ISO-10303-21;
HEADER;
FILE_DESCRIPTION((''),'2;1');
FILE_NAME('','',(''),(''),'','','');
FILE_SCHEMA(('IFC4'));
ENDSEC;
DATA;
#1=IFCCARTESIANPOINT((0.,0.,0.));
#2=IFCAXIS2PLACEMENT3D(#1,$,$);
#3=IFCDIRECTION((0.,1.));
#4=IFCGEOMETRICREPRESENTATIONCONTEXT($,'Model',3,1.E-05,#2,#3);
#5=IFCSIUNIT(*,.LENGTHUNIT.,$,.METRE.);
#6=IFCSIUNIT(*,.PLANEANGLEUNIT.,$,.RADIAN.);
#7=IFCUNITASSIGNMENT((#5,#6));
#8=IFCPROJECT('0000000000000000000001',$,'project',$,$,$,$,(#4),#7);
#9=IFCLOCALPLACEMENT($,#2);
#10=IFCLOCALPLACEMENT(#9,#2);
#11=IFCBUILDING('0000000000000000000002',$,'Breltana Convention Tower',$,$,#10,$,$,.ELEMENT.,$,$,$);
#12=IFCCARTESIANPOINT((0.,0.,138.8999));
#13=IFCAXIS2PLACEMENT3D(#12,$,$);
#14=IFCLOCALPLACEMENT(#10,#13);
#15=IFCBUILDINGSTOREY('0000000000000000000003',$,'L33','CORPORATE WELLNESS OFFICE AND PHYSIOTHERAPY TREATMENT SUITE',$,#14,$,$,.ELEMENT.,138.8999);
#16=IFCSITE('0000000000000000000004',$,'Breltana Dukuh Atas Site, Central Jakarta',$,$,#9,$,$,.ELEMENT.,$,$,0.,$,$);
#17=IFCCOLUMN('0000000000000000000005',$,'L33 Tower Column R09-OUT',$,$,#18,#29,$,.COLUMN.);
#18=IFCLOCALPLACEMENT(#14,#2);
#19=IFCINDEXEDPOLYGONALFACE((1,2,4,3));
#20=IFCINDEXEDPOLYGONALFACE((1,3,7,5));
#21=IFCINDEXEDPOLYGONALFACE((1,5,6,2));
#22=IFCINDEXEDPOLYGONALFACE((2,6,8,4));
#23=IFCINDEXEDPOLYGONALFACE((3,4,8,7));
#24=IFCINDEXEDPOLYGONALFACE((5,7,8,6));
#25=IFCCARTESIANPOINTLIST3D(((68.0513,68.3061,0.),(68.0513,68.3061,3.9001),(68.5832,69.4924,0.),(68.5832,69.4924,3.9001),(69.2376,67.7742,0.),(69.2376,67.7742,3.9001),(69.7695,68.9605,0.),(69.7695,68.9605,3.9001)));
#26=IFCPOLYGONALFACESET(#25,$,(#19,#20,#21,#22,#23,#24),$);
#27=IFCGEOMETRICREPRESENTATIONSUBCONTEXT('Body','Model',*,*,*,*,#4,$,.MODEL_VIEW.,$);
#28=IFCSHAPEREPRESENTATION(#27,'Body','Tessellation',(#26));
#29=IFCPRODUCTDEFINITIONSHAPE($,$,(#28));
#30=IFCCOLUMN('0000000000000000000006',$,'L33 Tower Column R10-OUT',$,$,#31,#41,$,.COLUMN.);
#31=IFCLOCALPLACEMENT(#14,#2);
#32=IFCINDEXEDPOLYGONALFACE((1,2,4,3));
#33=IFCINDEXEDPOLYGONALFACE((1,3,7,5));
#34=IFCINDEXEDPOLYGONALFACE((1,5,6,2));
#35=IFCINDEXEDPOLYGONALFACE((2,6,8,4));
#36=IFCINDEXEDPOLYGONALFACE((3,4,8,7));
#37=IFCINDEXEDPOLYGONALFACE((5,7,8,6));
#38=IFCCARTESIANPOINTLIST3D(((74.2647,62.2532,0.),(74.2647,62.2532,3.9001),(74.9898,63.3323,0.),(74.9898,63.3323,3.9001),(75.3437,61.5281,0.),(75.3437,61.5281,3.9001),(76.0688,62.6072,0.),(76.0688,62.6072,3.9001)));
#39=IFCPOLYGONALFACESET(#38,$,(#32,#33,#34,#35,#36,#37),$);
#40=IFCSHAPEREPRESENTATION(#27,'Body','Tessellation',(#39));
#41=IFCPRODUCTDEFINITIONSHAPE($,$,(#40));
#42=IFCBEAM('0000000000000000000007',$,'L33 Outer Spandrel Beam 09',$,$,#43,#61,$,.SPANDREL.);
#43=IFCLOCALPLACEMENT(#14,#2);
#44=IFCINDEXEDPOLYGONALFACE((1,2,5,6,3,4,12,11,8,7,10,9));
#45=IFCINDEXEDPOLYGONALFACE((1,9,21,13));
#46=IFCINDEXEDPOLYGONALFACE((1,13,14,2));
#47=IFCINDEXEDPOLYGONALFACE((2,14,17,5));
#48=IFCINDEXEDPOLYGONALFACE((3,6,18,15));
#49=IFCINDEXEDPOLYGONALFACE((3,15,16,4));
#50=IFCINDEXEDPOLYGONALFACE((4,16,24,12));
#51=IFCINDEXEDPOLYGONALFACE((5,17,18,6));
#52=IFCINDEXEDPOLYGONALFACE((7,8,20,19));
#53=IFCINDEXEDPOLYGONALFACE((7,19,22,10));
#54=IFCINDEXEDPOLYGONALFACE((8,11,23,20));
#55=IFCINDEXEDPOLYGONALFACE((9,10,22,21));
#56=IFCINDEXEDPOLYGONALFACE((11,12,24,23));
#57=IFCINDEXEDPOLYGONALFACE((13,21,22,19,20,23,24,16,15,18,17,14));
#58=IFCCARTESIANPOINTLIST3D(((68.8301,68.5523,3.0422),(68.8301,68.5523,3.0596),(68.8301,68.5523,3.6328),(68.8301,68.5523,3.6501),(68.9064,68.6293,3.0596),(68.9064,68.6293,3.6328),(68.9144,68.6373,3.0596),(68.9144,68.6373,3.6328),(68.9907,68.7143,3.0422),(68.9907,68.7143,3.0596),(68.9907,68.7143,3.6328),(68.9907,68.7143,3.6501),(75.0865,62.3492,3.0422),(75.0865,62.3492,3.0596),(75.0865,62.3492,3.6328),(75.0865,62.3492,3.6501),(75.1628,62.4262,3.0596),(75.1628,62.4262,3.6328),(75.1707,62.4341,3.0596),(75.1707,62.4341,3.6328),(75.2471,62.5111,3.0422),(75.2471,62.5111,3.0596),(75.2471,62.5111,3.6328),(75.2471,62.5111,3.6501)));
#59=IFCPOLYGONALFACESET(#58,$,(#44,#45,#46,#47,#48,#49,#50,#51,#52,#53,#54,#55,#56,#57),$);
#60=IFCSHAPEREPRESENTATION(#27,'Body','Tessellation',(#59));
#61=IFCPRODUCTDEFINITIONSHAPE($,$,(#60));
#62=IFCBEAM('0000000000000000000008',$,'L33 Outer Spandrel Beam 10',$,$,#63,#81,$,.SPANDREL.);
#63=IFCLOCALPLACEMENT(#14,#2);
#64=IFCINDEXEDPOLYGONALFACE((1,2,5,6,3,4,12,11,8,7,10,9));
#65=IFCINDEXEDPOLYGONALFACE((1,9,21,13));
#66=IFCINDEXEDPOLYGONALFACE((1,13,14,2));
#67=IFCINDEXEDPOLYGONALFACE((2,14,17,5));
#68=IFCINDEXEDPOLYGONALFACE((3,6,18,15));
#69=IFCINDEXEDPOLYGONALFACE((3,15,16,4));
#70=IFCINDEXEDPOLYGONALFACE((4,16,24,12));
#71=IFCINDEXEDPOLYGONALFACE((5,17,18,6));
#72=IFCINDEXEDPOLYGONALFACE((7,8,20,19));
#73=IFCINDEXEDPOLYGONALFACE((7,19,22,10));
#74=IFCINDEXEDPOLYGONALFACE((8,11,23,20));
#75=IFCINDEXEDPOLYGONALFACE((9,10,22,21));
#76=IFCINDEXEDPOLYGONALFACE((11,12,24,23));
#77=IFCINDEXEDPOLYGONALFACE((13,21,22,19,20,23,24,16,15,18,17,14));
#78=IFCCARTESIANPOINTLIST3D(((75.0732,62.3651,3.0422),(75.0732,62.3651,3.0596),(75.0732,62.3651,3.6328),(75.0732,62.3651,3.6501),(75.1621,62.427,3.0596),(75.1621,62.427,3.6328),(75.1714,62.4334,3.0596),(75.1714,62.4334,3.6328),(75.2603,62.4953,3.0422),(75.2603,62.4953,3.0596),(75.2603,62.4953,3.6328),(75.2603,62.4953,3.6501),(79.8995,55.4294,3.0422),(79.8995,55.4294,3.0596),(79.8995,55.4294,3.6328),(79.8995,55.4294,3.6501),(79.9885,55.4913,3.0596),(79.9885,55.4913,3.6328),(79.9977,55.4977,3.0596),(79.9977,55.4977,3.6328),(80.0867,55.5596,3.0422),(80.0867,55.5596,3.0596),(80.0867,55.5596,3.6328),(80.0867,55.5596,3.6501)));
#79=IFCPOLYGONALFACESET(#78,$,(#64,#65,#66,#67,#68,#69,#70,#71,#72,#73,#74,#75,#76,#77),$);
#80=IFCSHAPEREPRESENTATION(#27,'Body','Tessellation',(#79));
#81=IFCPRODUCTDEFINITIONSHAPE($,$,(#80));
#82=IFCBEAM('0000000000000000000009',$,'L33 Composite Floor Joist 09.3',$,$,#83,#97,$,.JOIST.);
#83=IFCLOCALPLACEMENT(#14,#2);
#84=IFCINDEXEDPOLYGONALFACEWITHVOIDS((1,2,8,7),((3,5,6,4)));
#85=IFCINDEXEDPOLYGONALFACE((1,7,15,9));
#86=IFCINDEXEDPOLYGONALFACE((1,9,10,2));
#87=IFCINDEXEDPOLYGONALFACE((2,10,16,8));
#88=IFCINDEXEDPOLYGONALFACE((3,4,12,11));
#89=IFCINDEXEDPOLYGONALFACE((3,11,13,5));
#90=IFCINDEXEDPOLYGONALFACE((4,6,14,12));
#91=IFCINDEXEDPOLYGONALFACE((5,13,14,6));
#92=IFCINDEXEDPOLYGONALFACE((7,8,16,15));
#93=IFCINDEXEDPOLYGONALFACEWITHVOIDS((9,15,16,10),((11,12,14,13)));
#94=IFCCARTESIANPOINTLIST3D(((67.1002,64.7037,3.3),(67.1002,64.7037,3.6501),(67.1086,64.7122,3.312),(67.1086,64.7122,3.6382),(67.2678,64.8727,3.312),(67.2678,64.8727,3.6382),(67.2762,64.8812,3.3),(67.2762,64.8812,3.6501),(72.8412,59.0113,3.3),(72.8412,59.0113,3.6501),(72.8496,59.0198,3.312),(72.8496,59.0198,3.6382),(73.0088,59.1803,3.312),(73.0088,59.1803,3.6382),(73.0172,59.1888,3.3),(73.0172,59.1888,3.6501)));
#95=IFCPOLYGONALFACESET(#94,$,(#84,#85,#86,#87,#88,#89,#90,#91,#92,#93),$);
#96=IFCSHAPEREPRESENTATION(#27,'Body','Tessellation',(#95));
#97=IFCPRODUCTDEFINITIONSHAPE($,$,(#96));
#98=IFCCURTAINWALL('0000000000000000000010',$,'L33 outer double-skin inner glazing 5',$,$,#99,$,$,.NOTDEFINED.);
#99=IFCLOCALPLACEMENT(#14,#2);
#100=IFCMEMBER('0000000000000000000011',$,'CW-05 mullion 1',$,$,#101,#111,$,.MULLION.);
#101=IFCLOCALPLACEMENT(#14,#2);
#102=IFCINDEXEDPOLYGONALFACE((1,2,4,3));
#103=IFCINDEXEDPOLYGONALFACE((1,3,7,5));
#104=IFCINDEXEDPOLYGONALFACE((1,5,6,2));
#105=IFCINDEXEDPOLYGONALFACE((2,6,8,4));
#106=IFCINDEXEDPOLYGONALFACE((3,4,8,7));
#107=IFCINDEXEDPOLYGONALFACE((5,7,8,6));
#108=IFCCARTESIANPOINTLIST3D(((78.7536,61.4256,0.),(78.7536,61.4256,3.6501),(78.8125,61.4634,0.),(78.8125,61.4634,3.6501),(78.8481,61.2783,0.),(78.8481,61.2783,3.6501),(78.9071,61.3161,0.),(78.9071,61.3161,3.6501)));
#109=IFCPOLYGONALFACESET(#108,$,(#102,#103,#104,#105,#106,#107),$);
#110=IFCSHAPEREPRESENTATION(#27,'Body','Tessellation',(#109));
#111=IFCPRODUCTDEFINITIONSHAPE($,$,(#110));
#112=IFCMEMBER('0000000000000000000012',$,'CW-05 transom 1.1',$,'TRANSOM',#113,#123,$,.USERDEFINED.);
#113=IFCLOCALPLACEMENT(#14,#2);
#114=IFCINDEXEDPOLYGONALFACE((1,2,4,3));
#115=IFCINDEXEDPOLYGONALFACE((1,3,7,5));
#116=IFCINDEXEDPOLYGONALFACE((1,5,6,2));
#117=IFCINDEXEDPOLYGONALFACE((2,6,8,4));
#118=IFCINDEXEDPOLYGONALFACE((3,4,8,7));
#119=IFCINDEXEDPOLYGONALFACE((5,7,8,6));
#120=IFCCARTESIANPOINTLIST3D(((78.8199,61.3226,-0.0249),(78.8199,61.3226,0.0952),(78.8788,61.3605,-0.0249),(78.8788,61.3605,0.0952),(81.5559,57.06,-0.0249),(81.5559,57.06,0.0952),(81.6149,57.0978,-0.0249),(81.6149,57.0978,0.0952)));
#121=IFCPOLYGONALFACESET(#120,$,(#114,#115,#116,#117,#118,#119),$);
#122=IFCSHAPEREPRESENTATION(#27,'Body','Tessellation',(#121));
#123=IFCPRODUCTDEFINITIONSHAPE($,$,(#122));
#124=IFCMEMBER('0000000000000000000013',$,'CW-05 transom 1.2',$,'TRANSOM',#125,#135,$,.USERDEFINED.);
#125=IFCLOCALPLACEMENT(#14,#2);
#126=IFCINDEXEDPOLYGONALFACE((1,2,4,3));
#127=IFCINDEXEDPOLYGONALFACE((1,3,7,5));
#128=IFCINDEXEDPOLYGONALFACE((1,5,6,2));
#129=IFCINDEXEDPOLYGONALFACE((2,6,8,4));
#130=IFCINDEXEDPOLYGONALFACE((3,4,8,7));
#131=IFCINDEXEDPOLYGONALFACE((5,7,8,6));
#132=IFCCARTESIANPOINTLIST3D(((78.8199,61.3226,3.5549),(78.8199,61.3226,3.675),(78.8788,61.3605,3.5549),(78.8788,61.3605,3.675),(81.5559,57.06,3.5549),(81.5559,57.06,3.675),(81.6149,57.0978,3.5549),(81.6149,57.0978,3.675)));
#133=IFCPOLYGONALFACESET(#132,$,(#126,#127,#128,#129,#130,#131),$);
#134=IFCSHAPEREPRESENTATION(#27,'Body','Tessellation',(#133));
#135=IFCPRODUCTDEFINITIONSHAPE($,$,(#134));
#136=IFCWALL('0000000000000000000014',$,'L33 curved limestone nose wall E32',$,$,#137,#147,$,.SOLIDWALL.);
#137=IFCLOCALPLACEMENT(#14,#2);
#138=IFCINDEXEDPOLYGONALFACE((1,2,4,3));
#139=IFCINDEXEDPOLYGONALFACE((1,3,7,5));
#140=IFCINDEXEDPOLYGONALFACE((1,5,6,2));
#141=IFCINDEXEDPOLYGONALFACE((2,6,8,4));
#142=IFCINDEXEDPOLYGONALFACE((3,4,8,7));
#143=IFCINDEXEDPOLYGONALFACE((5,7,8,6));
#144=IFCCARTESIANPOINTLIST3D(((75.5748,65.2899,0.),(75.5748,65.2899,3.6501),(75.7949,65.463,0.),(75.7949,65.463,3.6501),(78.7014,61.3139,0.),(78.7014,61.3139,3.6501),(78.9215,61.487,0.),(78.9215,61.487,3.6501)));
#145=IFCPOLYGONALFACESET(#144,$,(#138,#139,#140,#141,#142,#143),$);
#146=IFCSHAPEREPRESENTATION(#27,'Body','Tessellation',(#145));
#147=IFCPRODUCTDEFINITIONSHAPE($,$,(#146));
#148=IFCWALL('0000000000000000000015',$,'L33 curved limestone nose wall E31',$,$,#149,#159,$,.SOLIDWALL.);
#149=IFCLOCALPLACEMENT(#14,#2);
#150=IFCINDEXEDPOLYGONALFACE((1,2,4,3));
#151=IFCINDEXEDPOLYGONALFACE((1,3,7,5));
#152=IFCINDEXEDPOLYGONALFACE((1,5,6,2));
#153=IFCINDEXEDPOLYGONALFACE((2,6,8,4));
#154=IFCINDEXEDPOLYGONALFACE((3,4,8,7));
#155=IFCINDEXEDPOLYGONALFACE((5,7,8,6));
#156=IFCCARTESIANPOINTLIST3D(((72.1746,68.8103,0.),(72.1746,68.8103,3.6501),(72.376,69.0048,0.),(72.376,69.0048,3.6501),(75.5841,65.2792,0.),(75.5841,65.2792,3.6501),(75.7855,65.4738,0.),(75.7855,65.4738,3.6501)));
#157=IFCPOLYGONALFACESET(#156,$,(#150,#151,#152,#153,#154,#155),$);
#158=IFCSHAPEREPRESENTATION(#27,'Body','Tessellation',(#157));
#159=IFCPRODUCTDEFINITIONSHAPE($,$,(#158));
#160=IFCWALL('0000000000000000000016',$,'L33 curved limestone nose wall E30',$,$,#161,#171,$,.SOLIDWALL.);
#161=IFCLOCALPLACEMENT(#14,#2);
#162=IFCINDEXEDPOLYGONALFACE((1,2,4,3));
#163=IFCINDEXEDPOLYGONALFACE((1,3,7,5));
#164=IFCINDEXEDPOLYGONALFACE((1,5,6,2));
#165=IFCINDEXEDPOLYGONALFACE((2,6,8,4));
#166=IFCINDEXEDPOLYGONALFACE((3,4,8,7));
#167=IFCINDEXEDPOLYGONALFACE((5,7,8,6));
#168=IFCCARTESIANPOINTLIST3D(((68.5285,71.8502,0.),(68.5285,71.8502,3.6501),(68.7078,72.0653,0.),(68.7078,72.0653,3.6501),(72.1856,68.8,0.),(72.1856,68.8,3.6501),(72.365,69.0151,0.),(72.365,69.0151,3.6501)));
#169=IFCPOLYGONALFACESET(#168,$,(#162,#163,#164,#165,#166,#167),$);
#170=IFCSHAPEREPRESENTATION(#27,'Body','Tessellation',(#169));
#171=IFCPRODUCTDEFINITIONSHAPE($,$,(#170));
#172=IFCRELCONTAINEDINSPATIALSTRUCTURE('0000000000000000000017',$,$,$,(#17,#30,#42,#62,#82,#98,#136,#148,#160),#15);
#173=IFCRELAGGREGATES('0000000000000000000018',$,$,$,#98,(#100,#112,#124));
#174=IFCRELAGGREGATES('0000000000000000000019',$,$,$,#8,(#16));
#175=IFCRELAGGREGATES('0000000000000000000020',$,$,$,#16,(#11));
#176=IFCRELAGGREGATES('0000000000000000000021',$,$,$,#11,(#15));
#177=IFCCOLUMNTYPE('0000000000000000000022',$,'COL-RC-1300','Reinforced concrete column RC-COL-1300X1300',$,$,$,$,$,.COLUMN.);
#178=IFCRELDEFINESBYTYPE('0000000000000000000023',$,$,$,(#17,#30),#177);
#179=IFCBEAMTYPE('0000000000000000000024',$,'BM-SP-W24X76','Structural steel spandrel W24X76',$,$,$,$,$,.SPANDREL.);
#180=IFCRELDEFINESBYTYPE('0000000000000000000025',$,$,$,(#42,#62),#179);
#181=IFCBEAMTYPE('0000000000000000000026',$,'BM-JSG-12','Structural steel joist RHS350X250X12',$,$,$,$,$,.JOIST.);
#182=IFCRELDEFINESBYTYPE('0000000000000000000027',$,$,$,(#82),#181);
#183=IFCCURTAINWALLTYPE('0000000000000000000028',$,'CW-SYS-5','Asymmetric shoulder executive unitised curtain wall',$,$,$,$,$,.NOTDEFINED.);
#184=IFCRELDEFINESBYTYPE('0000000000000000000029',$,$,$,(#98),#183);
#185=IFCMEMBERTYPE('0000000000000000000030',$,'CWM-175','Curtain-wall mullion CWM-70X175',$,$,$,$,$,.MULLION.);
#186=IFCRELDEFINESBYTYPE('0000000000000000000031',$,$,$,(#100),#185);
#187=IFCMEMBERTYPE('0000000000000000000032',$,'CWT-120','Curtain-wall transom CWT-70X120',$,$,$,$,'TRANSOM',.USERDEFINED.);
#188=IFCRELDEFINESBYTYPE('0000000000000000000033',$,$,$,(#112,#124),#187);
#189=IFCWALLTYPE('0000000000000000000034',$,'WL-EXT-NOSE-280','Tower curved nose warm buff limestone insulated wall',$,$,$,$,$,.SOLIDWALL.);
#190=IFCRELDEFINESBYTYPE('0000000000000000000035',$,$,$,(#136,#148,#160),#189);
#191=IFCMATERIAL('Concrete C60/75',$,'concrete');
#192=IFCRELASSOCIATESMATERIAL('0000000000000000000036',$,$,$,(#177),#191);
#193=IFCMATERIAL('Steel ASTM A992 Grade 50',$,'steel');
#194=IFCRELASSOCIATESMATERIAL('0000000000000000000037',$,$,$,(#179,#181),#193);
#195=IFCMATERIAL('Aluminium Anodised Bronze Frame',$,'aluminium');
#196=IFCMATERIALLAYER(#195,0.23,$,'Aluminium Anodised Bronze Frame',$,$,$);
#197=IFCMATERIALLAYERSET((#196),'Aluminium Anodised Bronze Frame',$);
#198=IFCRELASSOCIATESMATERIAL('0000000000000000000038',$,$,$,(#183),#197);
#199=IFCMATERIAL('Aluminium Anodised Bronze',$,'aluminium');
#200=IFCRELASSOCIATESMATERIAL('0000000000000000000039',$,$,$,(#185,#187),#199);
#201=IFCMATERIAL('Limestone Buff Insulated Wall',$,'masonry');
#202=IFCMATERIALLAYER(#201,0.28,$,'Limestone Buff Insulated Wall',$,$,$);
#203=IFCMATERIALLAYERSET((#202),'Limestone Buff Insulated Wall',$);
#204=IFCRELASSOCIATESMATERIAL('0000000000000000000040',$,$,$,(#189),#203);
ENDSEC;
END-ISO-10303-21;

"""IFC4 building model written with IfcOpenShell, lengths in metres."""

from ifc_helpers import new_model, si_unit, direction, frame, frame_2d, origin, origin_2d, place, context, subcontext, project, spatial, rectangle, hollow_rectangle, i_section, extrude, source, transform, mapped, material, layer, layer_set, material_profile, profile_set, type_object, element, aggregate, save


model = new_model("IFC4")

# Units and contexts
model_context = context("Model", 3, precision=1e-05, world=origin(), true_north=direction((0.0, 1.0)))
body_context = subcontext(model_context, "Body", "Model", "MODEL_VIEW")
ifc_project = project(units=[si_unit("LENGTHUNIT", "METRE"), si_unit("PLANEANGLEUNIT", "RADIAN")], contexts=[model_context])

# Site, building, storey
site_placement = place(None, origin())
site = spatial("IfcSite", under=ifc_project, at=site_placement, Name="Breltana Dukuh Atas Site, Central Jakarta", CompositionType="ELEMENT", RefElevation=0.0)
building_placement = place(site_placement, origin())
building = spatial("IfcBuilding", under=site, at=building_placement, Name="Breltana Convention Tower", CompositionType="ELEMENT")
storey_placement = place(building_placement, frame((0.0, 0.0, 138.8999)))
storey = spatial("IfcBuildingStorey", under=building, at=storey_placement, Name="L33", Description="CORPORATE WELLNESS OFFICE AND PHYSIOTHERAPY TREATMENT SUITE", CompositionType="ELEMENT", Elevation=138.8999)

# Columns
ifc_material_1 = material(Name="Concrete C60/75", Category="concrete")
ifc_material_profile_1 = material_profile(ifc_material_1, rectangle(XDim=1.3, YDim=1.3, at=origin_2d()), Name="RC-COL-1300X1300")
ifc_profile_set_1 = profile_set([ifc_material_profile_1], Name="Concrete C60/75")
column_type = type_object("IfcColumnType", Name="COL-RC-1300", Description="Reinforced concrete column RC-COL-1300X1300", PredefinedType="COLUMN", material=ifc_profile_set_1)
shared_shape_1 = source(origin(), body_context, "Body", "SweptSolid", [
    extrude(rectangle(XDim=1.3, YDim=1.3, at=origin_2d()), origin(), (0.0, 0.0, 1.0), 3.9001),
])
for number, where, z_axis, x_axis, name in (
    (1, (68.9104, 68.6333, 0.0), (0.0, 0.0, 1.0), (0.409127, 0.912477, 0.0), "L33 Tower Column R09-OUT"),
    (2, (75.1667, 62.4302, 0.0), (0.0, 0.0, 1.0), (0.557745, 0.830012, 0.0), "L33 Tower Column R10-OUT"),
):
    element("IfcColumn", number, at=place(storey_placement, frame(where, z_axis=z_axis, x_axis=x_axis)), inside=storey, type_object=column_type, Name=name, PredefinedType="COLUMN", context=body_context, shape_type="MappedRepresentation", body=[
        mapped(shared_shape_1, transform((0.0, 0.0, 0.0), scale=1.0)),
    ])

# Beams
ifc_material_2 = material(Name="Steel ASTM A992 Grade 50", Category="steel")
ifc_material_profile_2 = material_profile(ifc_material_2, i_section(OverallWidth=0.228, OverallDepth=0.6079, WebThickness=0.0112, FlangeThickness=0.0173, at=origin_2d()), Name="W24X76")
ifc_profile_set_2 = profile_set([ifc_material_profile_2], Name="Steel ASTM A992 Grade 50")
beam_type_1 = type_object("IfcBeamType", Name="BM-SP-W24X76", Description="Structural steel spandrel W24X76", PredefinedType="SPANDREL", material=ifc_profile_set_2)
shared_shape_2 = source(origin(), body_context, "Body", "SweptSolid", [
    extrude(i_section(OverallWidth=0.228, OverallDepth=0.6079, WebThickness=0.0112, FlangeThickness=0.0173, at=origin_2d()), origin(), (0.0, 0.0, 1.0), 8.8103),
])
beam_1_placement = place(storey_placement, frame((68.9104, 68.6333, 3.3462), z_axis=(0.710121, -0.70408, 0.0), x_axis=(0.70408, 0.710121, 0.0)))
element("IfcBeam", 3, at=beam_1_placement, inside=storey, type_object=beam_type_1, Name="L33 Outer Spandrel Beam 09", PredefinedType="SPANDREL", context=body_context, shape_type="MappedRepresentation", body=[
    mapped(shared_shape_2, transform((0.0, 0.0, 0.0), scale=1.0)),
])
shared_shape_3 = source(origin(), body_context, "Body", "SweptSolid", [
    extrude(i_section(OverallWidth=0.228, OverallDepth=0.6079, WebThickness=0.0112, FlangeThickness=0.0173, at=origin_2d()), origin(), (0.0, 0.0, 1.0), 8.4497),
])
beam_2_placement = place(storey_placement, frame((75.1667, 62.4302, 3.3462), z_axis=(0.571186, -0.820821, 0.0), x_axis=(0.820821, 0.571186, 0.0)))
element("IfcBeam", 4, at=beam_2_placement, inside=storey, type_object=beam_type_1, Name="L33 Outer Spandrel Beam 10", PredefinedType="SPANDREL", context=body_context, shape_type="MappedRepresentation", body=[
    mapped(shared_shape_3, transform((0.0, 0.0, 0.0), scale=1.0)),
])
ifc_material_profile_3 = material_profile(ifc_material_2, hollow_rectangle(XDim=0.25, YDim=0.3501, WallThickness=0.012, at=origin_2d()), Name="RHS350X250X12")
ifc_profile_set_3 = profile_set([ifc_material_profile_3], Name="Steel ASTM A992 Grade 50")
beam_type_2 = type_object("IfcBeamType", Name="BM-JSG-12", Description="Structural steel joist RHS350X250X12", PredefinedType="JOIST", material=ifc_profile_set_3)
shared_shape_4 = source(origin(), body_context, "Body", "SweptSolid", [
    extrude(hollow_rectangle(XDim=0.25, YDim=0.3501, WallThickness=0.012, at=origin_2d()), origin(), (0.0, 0.0, 1.0), 8.0847),
])
beam_3_placement = place(storey_placement, frame((67.1882, 64.7925, 3.4751), z_axis=(0.710105, -0.704096, 0.0), x_axis=(0.704096, 0.710105, 0.0)))
element("IfcBeam", 5, at=beam_3_placement, inside=storey, type_object=beam_type_2, Name="L33 Composite Floor Joist 09.3", PredefinedType="JOIST", context=body_context, shape_type="MappedRepresentation", body=[
    mapped(shared_shape_4, transform((0.0, 0.0, 0.0), scale=1.0)),
])

# Curtain wall, members
ifc_material_3 = material(Name="Aluminium Anodised Bronze Frame", Category="aluminium")
ifc_layer_1 = layer(ifc_material_3, 0.23, Name="Aluminium Anodised Bronze Frame")
ifc_layer_set_1 = layer_set([ifc_layer_1], Name="Aluminium Anodised Bronze Frame")
curtain_wall_type = type_object("IfcCurtainWallType", Name="CW-SYS-5", Description="Asymmetric shoulder executive unitised curtain wall", PredefinedType="NOTDEFINED", material=ifc_layer_set_1)
curtain_wall_placement = place(storey_placement, origin())
curtain_wall = element("IfcCurtainWall", 6, at=curtain_wall_placement, inside=storey, type_object=curtain_wall_type, Name="L33 outer double-skin inner glazing 5", PredefinedType="NOTDEFINED")
ifc_material_4 = material(Name="Aluminium Anodised Bronze", Category="aluminium")
ifc_material_profile_4 = material_profile(ifc_material_4, rectangle(XDim=0.0701, YDim=0.175, at=origin_2d()), Name="CWM-70X175")
ifc_profile_set_4 = profile_set([ifc_material_profile_4], Name="Aluminium Anodised Bronze")
member_type_1 = type_object("IfcMemberType", Name="CWM-175", Description="Curtain-wall mullion CWM-70X175", PredefinedType="MULLION", material=ifc_profile_set_4)
shared_shape_5 = source(origin(), body_context, "Body", "SweptSolid", [
    extrude(rectangle(XDim=0.0701, YDim=0.175, at=origin_2d()), origin(), (0.0, 0.0, 1.0), 3.6501),
])
member_1_placement = place(storey_placement, frame((78.8303, 61.3708, 0.0), z_axis=(0.0, 0.0, 1.0), x_axis=(0.841552, 0.540177, 0.0)))
member_1 = element("IfcMember", 7, at=member_1_placement, type_object=member_type_1, Name="CW-05 mullion 1", PredefinedType="MULLION", context=body_context, shape_type="MappedRepresentation", body=[
    mapped(shared_shape_5, transform((0.0, 0.0, 0.0), scale=1.0)),
])
ifc_material_profile_5 = material_profile(ifc_material_4, rectangle(XDim=0.0701, YDim=0.1201, at=origin_2d()), Name="CWT-70X120")
ifc_profile_set_5 = profile_set([ifc_material_profile_5], Name="Aluminium Anodised Bronze")
member_type_2 = type_object("IfcMemberType", Name="CWT-120", Description="Curtain-wall transom CWT-70X120", ElementType="TRANSOM", PredefinedType="USERDEFINED", material=ifc_profile_set_5)
shared_shape_6 = source(origin(), body_context, "Body", "SweptSolid", [
    extrude(rectangle(XDim=0.0701, YDim=0.1201, at=origin_2d()), origin(), (0.0, 0.0, 1.0), 5.0652),
])
member_2_placement = place(storey_placement, frame((78.8494, 61.3416, 0.0352), z_axis=(0.540168, -0.841557, 0.0), x_axis=(0.841557, 0.540168, 0.0)))
member_2 = element("IfcMember", 8, at=member_2_placement, type_object=member_type_2, Name="CW-05 transom 1.1", ObjectType="TRANSOM", PredefinedType="USERDEFINED", context=body_context, shape_type="MappedRepresentation", body=[
    mapped(shared_shape_6, transform((0.0, 0.0, 0.0), scale=1.0)),
])
member_3_placement = place(storey_placement, frame((78.8494, 61.3416, 3.615), z_axis=(0.540168, -0.841557, 0.0), x_axis=(0.841557, 0.540168, 0.0)))
member_3 = element("IfcMember", 9, at=member_3_placement, type_object=member_type_2, Name="CW-05 transom 1.2", ObjectType="TRANSOM", PredefinedType="USERDEFINED", context=body_context, shape_type="MappedRepresentation", body=[
    mapped(shared_shape_6, transform((0.0, 0.0, 0.0), scale=1.0)),
])
aggregate(curtain_wall, [member_1, member_2, member_3])

# Walls
ifc_material_5 = material(Name="Limestone Buff Insulated Wall", Category="masonry")
ifc_layer_2 = layer(ifc_material_5, 0.28, Name="Limestone Buff Insulated Wall")
ifc_layer_set_2 = layer_set([ifc_layer_2], Name="Limestone Buff Insulated Wall")
wall_type_1 = type_object("IfcWallType", Name="WL-EXT-NOSE-280", Description="Tower curved nose warm buff limestone insulated wall", PredefinedType="SOLIDWALL", material=ifc_layer_set_2)
shared_shape_7 = source(origin(), body_context, "Body", "SweptSolid", [
    extrude(rectangle(XDim=5.0581, YDim=0.28, at=frame_2d((2.5291, 0.0))), origin(), (0.0, 0.0, 1.0), 3.6501),
])
wall_1_placement = place(storey_placement, frame((75.6848, 65.3765, 0.0), z_axis=(0.0, 0.0, 1.0), x_axis=(0.618146, -0.786064, 0.0)))
element("IfcWall", 10, at=wall_1_placement, inside=storey, type_object=wall_type_1, Name="L33 curved limestone nose wall E32", PredefinedType="SOLIDWALL", context=body_context, shape_type="MappedRepresentation", body=[
    mapped(shared_shape_7, transform((0.0, 0.0, 0.0), scale=1.0)),
])
shared_shape_8 = source(origin(), body_context, "Body", "SweptSolid", [
    extrude(rectangle(XDim=4.9084, YDim=0.28, at=frame_2d((2.4541, 0.0))), origin(), (0.0, 0.0, 1.0), 3.6501),
])
wall_2_placement = place(storey_placement, frame((72.2754, 68.9075, 0.0), z_axis=(0.0, 0.0, 1.0), x_axis=(0.694613, -0.719383, 0.0)))
element("IfcWall", 11, at=wall_2_placement, inside=storey, type_object=wall_type_1, Name="L33 curved limestone nose wall E31", PredefinedType="SOLIDWALL", context=body_context, shape_type="MappedRepresentation", body=[
    mapped(shared_shape_8, transform((0.0, 0.0, 0.0), scale=1.0)),
])
shared_shape_9 = source(origin(), body_context, "Body", "SweptSolid", [
    extrude(rectangle(XDim=4.7622, YDim=0.28, at=frame_2d((2.3811, 0.0))), origin(), (0.0, 0.0, 1.0), 3.6501),
])
wall_3_placement = place(storey_placement, frame((68.6182, 71.9578, 0.0), z_axis=(0.0, 0.0, 1.0), x_axis=(0.767952, -0.640507, 0.0)))
element("IfcWall", 12, at=wall_3_placement, inside=storey, type_object=wall_type_1, Name="L33 curved limestone nose wall E30", PredefinedType="SOLIDWALL", context=body_context, shape_type="MappedRepresentation", body=[
    mapped(shared_shape_9, transform((0.0, 0.0, 0.0), scale=1.0)),
])

save(model, "model.ifc")
